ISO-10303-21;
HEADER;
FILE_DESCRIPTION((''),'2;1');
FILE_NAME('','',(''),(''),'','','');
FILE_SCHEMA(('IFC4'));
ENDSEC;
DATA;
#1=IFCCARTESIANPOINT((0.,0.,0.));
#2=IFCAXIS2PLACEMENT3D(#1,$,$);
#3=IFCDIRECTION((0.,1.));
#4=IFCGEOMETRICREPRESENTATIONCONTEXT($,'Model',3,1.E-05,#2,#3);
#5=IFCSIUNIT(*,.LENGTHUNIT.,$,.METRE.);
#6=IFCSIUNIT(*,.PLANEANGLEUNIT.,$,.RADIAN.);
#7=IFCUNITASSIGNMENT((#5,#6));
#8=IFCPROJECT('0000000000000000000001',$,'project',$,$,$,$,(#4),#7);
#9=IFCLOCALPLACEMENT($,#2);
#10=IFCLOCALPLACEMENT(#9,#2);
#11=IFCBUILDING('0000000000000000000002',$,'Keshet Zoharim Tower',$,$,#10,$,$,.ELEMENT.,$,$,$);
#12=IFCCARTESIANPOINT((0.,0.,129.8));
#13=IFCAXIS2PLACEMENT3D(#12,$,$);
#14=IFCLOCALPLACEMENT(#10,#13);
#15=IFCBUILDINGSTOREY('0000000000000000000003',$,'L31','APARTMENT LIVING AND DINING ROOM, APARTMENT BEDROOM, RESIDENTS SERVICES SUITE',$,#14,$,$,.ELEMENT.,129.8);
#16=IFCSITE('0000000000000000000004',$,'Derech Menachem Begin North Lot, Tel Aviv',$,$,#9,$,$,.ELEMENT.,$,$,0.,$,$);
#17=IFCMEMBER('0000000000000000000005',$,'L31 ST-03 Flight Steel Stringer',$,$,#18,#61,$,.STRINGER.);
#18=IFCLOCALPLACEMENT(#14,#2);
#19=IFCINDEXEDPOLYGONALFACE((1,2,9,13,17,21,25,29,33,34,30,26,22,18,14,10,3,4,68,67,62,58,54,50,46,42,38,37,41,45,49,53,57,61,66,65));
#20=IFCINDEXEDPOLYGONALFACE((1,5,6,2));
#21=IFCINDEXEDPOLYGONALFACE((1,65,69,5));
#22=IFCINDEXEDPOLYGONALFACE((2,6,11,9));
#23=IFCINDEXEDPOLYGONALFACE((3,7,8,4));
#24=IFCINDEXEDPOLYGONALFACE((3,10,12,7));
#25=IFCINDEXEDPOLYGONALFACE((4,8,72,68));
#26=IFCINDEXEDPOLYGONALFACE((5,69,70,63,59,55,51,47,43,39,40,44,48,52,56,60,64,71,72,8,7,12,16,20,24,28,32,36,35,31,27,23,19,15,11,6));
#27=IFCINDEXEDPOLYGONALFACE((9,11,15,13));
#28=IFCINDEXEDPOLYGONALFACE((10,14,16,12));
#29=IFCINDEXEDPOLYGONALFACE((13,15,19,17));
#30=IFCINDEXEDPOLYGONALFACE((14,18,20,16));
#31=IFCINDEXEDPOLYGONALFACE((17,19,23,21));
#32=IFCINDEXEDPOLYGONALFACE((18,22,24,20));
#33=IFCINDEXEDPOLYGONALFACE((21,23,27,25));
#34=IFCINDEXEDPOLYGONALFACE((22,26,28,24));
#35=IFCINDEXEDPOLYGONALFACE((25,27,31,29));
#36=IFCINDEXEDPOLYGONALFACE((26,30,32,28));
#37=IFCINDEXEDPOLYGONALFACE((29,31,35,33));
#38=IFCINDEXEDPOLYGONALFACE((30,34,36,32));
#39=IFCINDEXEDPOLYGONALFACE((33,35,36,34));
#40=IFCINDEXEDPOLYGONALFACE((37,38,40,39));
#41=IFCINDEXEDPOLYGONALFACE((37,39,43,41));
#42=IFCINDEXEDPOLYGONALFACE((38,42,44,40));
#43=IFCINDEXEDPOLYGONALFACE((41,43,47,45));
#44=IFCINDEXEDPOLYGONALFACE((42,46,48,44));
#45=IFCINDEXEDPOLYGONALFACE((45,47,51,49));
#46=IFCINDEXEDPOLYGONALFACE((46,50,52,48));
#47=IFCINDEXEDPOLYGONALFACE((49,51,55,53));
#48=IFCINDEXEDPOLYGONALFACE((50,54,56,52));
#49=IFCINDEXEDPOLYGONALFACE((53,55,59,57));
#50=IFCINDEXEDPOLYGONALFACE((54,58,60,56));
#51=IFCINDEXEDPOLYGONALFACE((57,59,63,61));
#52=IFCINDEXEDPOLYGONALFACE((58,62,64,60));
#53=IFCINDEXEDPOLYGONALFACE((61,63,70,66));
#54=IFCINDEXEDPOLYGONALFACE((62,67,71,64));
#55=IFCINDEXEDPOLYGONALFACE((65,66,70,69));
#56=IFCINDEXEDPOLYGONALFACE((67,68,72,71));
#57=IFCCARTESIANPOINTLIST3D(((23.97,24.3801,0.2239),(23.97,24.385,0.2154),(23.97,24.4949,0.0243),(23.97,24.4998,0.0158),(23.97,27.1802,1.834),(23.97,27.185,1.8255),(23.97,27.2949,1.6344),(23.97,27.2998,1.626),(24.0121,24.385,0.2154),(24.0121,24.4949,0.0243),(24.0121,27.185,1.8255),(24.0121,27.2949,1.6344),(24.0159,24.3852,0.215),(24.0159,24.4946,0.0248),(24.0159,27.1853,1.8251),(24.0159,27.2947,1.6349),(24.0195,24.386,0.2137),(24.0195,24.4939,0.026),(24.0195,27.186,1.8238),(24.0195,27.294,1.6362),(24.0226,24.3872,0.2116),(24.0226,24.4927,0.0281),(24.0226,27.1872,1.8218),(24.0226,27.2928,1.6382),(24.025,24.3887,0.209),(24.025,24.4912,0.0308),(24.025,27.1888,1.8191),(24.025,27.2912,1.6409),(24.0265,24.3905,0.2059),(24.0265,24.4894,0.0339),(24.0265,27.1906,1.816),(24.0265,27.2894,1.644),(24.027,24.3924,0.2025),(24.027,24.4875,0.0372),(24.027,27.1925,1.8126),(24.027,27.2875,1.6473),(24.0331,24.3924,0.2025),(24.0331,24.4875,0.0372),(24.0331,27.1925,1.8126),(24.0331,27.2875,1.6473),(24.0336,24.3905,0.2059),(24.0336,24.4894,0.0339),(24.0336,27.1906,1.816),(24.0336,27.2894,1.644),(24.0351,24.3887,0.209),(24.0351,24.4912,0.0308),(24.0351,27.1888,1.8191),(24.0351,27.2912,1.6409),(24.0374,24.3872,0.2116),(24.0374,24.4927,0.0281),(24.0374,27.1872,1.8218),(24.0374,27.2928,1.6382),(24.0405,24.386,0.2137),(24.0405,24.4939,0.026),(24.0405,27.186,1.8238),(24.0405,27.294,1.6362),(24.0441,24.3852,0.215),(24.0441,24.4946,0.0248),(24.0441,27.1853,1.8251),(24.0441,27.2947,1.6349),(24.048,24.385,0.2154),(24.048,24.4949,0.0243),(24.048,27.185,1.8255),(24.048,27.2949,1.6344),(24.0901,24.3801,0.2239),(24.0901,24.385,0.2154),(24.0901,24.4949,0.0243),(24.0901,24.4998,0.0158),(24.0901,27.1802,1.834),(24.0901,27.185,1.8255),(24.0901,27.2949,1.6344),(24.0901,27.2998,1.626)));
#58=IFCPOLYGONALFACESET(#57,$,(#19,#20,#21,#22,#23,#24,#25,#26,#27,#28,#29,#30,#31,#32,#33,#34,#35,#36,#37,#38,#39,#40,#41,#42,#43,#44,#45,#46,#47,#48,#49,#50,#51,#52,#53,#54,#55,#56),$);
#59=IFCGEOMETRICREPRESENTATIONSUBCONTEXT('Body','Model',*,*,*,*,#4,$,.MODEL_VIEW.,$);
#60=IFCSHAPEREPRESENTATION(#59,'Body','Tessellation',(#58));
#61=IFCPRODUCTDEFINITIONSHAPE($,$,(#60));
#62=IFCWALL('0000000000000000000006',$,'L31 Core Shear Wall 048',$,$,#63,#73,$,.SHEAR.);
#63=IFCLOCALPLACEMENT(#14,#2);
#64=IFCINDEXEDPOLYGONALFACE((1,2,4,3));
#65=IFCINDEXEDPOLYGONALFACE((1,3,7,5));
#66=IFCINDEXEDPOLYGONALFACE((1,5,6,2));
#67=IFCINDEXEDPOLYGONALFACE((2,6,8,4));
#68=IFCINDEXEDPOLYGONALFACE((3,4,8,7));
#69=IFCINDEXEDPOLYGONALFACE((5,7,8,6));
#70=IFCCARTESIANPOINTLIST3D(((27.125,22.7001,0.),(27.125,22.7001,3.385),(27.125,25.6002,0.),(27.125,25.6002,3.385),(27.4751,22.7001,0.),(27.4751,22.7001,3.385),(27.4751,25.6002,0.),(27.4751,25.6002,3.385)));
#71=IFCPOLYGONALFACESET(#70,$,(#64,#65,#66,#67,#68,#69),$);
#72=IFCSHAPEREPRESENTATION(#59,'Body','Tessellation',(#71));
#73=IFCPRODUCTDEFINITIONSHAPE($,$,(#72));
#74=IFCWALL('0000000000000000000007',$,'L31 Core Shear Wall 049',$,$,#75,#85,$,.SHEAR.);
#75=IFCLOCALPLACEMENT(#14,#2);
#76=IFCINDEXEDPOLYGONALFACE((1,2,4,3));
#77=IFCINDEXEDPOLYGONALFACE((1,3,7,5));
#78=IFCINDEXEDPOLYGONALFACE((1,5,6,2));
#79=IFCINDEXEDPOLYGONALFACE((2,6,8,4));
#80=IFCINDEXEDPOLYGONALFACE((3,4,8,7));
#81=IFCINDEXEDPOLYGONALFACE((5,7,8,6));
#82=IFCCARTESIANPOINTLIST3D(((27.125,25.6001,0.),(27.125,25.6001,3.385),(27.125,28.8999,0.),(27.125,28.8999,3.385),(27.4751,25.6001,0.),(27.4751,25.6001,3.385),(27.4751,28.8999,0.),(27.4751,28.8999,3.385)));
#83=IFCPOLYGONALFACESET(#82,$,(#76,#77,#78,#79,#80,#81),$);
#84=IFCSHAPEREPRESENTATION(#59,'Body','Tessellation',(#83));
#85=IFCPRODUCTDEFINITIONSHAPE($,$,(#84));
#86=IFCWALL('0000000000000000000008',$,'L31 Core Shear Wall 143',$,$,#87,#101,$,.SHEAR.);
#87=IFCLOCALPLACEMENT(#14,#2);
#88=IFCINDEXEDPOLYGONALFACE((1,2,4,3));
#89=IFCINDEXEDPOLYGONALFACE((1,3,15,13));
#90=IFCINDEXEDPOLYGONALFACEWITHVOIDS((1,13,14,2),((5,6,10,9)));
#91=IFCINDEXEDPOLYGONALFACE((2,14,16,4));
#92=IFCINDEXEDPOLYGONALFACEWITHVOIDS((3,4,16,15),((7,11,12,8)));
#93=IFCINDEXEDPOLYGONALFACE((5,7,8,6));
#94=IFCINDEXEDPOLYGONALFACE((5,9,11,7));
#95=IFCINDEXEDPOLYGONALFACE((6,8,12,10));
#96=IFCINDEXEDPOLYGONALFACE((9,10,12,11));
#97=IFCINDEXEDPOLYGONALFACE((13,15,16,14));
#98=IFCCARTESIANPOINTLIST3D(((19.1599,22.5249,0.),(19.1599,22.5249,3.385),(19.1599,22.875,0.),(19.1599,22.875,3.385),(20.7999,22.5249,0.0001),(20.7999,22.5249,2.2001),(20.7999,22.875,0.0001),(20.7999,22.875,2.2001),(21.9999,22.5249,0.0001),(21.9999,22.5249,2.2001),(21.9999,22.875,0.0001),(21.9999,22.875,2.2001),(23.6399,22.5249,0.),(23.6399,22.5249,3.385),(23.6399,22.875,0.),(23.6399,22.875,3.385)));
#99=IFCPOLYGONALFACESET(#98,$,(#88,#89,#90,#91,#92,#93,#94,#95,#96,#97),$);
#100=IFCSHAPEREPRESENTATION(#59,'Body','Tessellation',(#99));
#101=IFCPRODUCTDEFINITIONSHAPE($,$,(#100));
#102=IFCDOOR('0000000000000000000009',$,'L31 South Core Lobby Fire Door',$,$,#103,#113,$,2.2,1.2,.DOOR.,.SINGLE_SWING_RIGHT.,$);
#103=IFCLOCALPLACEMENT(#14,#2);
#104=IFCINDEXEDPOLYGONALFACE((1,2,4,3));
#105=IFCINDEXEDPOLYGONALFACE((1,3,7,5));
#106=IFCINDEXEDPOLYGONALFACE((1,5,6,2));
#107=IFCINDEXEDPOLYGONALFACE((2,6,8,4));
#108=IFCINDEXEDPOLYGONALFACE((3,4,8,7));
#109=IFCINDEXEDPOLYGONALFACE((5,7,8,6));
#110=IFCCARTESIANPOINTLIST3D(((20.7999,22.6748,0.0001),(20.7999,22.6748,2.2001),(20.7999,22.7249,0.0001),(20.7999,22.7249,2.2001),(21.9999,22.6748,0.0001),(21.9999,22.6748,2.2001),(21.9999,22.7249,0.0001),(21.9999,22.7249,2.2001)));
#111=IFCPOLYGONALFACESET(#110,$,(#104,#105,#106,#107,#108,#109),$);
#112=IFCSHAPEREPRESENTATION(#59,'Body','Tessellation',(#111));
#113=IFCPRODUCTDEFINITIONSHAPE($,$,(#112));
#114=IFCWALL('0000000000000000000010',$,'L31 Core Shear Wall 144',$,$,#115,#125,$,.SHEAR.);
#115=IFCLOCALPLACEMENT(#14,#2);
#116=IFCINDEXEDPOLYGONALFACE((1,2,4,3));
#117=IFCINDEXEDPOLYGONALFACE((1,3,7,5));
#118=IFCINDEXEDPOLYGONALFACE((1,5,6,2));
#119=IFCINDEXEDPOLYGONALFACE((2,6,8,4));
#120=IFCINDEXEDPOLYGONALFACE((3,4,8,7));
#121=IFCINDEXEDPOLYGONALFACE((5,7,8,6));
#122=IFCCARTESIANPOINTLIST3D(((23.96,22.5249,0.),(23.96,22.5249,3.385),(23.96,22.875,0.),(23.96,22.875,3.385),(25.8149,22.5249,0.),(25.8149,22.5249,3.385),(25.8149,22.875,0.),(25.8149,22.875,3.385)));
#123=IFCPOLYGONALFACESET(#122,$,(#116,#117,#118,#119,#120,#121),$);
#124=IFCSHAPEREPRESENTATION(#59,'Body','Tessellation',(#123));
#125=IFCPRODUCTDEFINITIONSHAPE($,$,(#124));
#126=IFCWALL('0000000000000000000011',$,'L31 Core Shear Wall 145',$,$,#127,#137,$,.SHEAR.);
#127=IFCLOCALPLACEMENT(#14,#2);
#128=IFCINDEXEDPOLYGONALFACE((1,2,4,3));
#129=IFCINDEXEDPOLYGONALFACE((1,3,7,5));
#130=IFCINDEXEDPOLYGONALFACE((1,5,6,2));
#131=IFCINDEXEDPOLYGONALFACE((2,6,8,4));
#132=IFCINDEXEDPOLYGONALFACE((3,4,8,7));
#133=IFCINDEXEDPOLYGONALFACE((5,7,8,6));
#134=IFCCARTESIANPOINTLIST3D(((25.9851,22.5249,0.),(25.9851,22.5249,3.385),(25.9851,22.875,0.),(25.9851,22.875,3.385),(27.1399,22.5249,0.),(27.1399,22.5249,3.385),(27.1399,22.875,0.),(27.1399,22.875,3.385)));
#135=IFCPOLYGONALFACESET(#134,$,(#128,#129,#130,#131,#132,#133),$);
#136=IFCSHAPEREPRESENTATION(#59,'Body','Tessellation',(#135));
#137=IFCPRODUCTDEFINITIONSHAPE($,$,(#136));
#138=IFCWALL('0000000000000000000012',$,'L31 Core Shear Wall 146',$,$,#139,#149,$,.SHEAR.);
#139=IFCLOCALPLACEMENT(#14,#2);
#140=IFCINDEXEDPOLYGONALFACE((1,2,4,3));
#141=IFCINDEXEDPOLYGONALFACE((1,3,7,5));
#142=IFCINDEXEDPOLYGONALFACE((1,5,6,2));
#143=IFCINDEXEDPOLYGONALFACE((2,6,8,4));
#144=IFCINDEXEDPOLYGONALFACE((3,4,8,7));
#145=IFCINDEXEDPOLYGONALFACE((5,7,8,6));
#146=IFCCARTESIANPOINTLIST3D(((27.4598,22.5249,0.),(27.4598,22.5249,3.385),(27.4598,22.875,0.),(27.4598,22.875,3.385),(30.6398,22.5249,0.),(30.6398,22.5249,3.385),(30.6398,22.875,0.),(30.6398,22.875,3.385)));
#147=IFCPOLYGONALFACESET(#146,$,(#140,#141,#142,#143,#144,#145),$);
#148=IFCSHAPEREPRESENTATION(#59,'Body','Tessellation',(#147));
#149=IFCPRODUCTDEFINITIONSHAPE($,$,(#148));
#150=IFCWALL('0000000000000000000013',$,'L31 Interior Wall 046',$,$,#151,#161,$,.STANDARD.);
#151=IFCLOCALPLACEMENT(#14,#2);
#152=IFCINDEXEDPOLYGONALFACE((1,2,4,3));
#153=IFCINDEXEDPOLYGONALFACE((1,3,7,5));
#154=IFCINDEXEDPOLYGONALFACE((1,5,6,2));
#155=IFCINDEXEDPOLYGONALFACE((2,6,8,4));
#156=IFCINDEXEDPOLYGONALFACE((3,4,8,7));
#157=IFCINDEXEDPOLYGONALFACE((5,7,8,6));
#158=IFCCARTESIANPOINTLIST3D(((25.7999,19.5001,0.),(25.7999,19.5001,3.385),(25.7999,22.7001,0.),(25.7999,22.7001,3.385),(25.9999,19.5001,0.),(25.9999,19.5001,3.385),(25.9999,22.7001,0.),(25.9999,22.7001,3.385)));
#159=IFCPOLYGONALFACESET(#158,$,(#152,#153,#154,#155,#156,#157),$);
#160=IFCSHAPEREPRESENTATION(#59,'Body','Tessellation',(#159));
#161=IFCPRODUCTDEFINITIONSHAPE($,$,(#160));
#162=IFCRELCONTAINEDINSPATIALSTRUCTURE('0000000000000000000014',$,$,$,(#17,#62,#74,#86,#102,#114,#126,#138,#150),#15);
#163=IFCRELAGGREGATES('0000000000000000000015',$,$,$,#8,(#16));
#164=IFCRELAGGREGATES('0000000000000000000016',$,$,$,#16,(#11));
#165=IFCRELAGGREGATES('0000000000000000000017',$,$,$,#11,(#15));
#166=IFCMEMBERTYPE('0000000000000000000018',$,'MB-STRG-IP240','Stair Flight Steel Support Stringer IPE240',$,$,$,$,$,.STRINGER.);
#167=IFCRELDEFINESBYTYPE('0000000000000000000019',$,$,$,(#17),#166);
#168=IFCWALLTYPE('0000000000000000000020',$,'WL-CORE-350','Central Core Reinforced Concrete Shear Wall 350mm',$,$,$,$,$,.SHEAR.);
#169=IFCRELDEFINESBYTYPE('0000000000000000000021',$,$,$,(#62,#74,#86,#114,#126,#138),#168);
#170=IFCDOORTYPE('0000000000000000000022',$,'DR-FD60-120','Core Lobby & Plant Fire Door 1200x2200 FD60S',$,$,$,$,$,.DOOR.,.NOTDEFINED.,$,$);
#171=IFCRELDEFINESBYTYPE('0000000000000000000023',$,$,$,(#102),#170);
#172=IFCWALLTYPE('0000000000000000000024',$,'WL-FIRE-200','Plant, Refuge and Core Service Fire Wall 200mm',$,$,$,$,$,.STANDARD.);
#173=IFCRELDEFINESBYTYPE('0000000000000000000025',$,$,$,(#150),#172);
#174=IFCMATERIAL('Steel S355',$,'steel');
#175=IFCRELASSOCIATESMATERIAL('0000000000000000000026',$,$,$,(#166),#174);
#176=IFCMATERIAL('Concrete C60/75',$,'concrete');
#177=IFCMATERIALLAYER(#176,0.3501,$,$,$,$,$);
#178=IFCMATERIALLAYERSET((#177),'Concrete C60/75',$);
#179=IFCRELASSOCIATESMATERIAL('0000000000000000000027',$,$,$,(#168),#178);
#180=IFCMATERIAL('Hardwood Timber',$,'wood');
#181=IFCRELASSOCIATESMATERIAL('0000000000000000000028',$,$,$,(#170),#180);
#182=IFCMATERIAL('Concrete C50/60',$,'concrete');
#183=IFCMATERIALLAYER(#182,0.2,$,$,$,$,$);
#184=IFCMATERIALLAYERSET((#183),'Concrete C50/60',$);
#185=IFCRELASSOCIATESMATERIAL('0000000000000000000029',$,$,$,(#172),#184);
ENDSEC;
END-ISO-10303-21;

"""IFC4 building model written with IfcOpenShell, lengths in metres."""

from ifc_helpers import new_model, si_unit, direction, frame, frame_2d, origin, origin_2d, place, context, subcontext, project, spatial, rectangle, i_section, extrude, material, layer, layer_set, material_profile, profile_set, type_object, element, fill, save


model = new_model("IFC4")

# Units and contexts
model_context = context("Model", 3, precision=1e-05, world=origin(), true_north=direction((0.0, 1.0)))
body_context = subcontext(model_context, "Body", "Model", "MODEL_VIEW")
ifc_project = project(units=[si_unit("LENGTHUNIT", "METRE"), si_unit("PLANEANGLEUNIT", "RADIAN")], contexts=[model_context])

# Site, building, storey
site_placement = place(None, origin())
site = spatial("IfcSite", under=ifc_project, at=site_placement, Name="Derech Menachem Begin North Lot, Tel Aviv", CompositionType="ELEMENT", RefElevation=0.0)
building_placement = place(site_placement, origin())
building = spatial("IfcBuilding", under=site, at=building_placement, Name="Keshet Zoharim Tower", CompositionType="ELEMENT")
storey_placement = place(building_placement, frame((0.0, 0.0, 129.8)))
storey = spatial("IfcBuildingStorey", under=building, at=storey_placement, Name="L31", Description="APARTMENT LIVING AND DINING ROOM, APARTMENT BEDROOM, RESIDENTS SERVICES SUITE", CompositionType="ELEMENT", Elevation=129.8)

# Member
ifc_material_1 = material(Name="Steel S355", Category="steel")
ifc_material_profile = material_profile(ifc_material_1, i_section(OverallWidth=0.1201, OverallDepth=0.24, WebThickness=0.0061, FlangeThickness=0.0098, FilletRadius=0.0149, at=origin_2d()), Name="IPE240")
ifc_profile_set = profile_set([ifc_material_profile], Name="Steel S355")
member_type = type_object("IfcMemberType", Name="MB-STRG-IP240", Description="Stair Flight Steel Support Stringer IPE240", PredefinedType="STRINGER", material=ifc_profile_set)
member_placement = place(storey_placement, frame((24.03, 24.4399, 0.1199), z_axis=(0.0, 0.866896, 0.49849), x_axis=(-1.0, 0.0, 0.0)))
element("IfcMember", 1, at=member_placement, inside=storey, type_object=member_type, Name="L31 ST-03 Flight Steel Stringer", PredefinedType="STRINGER", context=body_context, shape_type="SweptSolid", body=[
    extrude(i_section(OverallWidth=0.1201, OverallDepth=0.24, WebThickness=0.0061, FlangeThickness=0.0098, FilletRadius=0.0149, at=origin_2d()), origin(), (0.0, 0.0, 1.0), 3.23),
])

# Shared definitions
ifc_material_2 = material(Name="Concrete C60/75", Category="concrete")
ifc_layer_1 = layer(ifc_material_2, 0.3501)
ifc_layer_set_1 = layer_set([ifc_layer_1], Name="Concrete C60/75")
wall_type_1 = type_object("IfcWallType", Name="WL-CORE-350", Description="Central Core Reinforced Concrete Shear Wall 350mm", PredefinedType="SHEAR", material=ifc_layer_set_1)
ifc_material_3 = material(Name="Hardwood Timber", Category="wood")

# Walls
wall_1_placement = place(storey_placement, frame((27.3, 22.7, 0.0), z_axis=(0.0, 0.0, 1.0), x_axis=(0.0, 1.0, 0.0)))
element("IfcWall", 2, at=wall_1_placement, inside=storey, type_object=wall_type_1, Name="L31 Core Shear Wall 048", PredefinedType="SHEAR", context=body_context, shape_type="SweptSolid", body=[
    extrude(rectangle(XDim=2.9001, YDim=0.3501, at=frame_2d((1.4502, 0.0))), origin(), (0.0, 0.0, 1.0), 3.385),
])
wall_2_placement = place(storey_placement, frame((27.3, 25.6001, 0.0), z_axis=(0.0, 0.0, 1.0), x_axis=(0.0, 1.0, 0.0)))
element("IfcWall", 3, at=wall_2_placement, inside=storey, type_object=wall_type_1, Name="L31 Core Shear Wall 049", PredefinedType="SHEAR", context=body_context, shape_type="SweptSolid", body=[
    extrude(rectangle(XDim=3.2998, YDim=0.3501, at=frame_2d((1.6499, 0.0))), origin(), (0.0, 0.0, 1.0), 3.385),
])

# Wall, opening, door
wall_3_placement = place(storey_placement, frame((19.1599, 22.7, 0.0), z_axis=(0.0, 0.0, 1.0), x_axis=(1.0, 0.0, 0.0)))
wall_3 = element("IfcWall", 4, at=wall_3_placement, inside=storey, type_object=wall_type_1, Name="L31 Core Shear Wall 143", PredefinedType="SHEAR", context=body_context, shape_type="SweptSolid", body=[
    extrude(rectangle(XDim=4.48, YDim=0.3501, at=frame_2d((2.24, 0.0))), origin(), (0.0, 0.0, 1.0), 3.385),
])
opening_1_placement = place(wall_3_placement, frame((1.6399, 0.0, 0.0)))
opening_1 = element("IfcOpeningElement", 5, at=opening_1_placement, cuts=wall_3, PredefinedType="OPENING", context=body_context, shape_type="SweptSolid", body=[
    extrude(rectangle(XDim=1.2, YDim=2.2, at=frame_2d((0.6001, 1.1001))), frame((0.0, 0.1851, 0.0), z_axis=(0.0, -1.0, 0.0), x_axis=(1.0, 0.0, 0.0)), (0.0, 0.0, 1.0), 0.3701),
])
door_type_1 = type_object("IfcDoorType", Name="DR-FD60-120", Description="Core Lobby & Plant Fire Door 1200x2200 FD60S", OperationType="NOTDEFINED", PredefinedType="DOOR", material=ifc_material_3)
door_1_placement = place(opening_1_placement, origin())
door_1 = element("IfcDoor", 6, at=door_1_placement, inside=storey, type_object=door_type_1, Name="L31 South Core Lobby Fire Door", OperationType="SINGLE_SWING_RIGHT", OverallHeight=2.2, OverallWidth=1.2, PredefinedType="DOOR", context=body_context, shape_type="SweptSolid", body=[
    extrude(rectangle(XDim=1.2, YDim=2.2, at=frame_2d((0.6001, 1.1001))), frame((0.0, 0.0249, 0.0), z_axis=(0.0, -1.0, 0.0), x_axis=(1.0, 0.0, 0.0)), (0.0, 0.0, 1.0), 0.05),
])
fill(opening_1, door_1)

# Walls
wall_4_placement = place(storey_placement, frame((23.96, 22.7, 0.0), z_axis=(0.0, 0.0, 1.0), x_axis=(1.0, 0.0, 0.0)))
element("IfcWall", 7, at=wall_4_placement, inside=storey, type_object=wall_type_1, Name="L31 Core Shear Wall 144", PredefinedType="SHEAR", context=body_context, shape_type="SweptSolid", body=[
    extrude(rectangle(XDim=1.855, YDim=0.3501, at=frame_2d((0.9275, 0.0))), origin(), (0.0, 0.0, 1.0), 3.385),
])
wall_5_placement = place(storey_placement, frame((25.9851, 22.7, 0.0), z_axis=(0.0, 0.0, 1.0), x_axis=(1.0, 0.0, 0.0)))
element("IfcWall", 8, at=wall_5_placement, inside=storey, type_object=wall_type_1, Name="L31 Core Shear Wall 145", PredefinedType="SHEAR", context=body_context, shape_type="SweptSolid", body=[
    extrude(rectangle(XDim=1.1548, YDim=0.3501, at=frame_2d((0.5774, 0.0))), origin(), (0.0, 0.0, 1.0), 3.385),
])
wall_6_placement = place(storey_placement, frame((27.46, 22.7, 0.0), z_axis=(0.0, 0.0, 1.0), x_axis=(1.0, 0.0, 0.0)))
element("IfcWall", 9, at=wall_6_placement, inside=storey, type_object=wall_type_1, Name="L31 Core Shear Wall 146", PredefinedType="SHEAR", context=body_context, shape_type="SweptSolid", body=[
    extrude(rectangle(XDim=3.1799, YDim=0.3501, at=frame_2d((1.5898, 0.0))), origin(), (0.0, 0.0, 1.0), 3.385),
])
ifc_material_4 = material(Name="Concrete C50/60", Category="concrete")
ifc_layer_2 = layer(ifc_material_4, 0.2)
ifc_layer_set_2 = layer_set([ifc_layer_2], Name="Concrete C50/60")
wall_type_2 = type_object("IfcWallType", Name="WL-FIRE-200", Description="Plant, Refuge and Core Service Fire Wall 200mm", PredefinedType="STANDARD", material=ifc_layer_set_2)
wall_7_placement = place(storey_placement, frame((25.8999, 19.5, 0.0), z_axis=(0.0, 0.0, 1.0), x_axis=(0.0, 1.0, 0.0)))
element("IfcWall", 10, at=wall_7_placement, inside=storey, type_object=wall_type_2, Name="L31 Interior Wall 046", PredefinedType="STANDARD", context=body_context, shape_type="SweptSolid", body=[
    extrude(rectangle(XDim=3.2, YDim=0.2, at=frame_2d((1.6001, 0.0))), origin(), (0.0, 0.0, 1.0), 3.385),
])

save(model, "model.ifc")
